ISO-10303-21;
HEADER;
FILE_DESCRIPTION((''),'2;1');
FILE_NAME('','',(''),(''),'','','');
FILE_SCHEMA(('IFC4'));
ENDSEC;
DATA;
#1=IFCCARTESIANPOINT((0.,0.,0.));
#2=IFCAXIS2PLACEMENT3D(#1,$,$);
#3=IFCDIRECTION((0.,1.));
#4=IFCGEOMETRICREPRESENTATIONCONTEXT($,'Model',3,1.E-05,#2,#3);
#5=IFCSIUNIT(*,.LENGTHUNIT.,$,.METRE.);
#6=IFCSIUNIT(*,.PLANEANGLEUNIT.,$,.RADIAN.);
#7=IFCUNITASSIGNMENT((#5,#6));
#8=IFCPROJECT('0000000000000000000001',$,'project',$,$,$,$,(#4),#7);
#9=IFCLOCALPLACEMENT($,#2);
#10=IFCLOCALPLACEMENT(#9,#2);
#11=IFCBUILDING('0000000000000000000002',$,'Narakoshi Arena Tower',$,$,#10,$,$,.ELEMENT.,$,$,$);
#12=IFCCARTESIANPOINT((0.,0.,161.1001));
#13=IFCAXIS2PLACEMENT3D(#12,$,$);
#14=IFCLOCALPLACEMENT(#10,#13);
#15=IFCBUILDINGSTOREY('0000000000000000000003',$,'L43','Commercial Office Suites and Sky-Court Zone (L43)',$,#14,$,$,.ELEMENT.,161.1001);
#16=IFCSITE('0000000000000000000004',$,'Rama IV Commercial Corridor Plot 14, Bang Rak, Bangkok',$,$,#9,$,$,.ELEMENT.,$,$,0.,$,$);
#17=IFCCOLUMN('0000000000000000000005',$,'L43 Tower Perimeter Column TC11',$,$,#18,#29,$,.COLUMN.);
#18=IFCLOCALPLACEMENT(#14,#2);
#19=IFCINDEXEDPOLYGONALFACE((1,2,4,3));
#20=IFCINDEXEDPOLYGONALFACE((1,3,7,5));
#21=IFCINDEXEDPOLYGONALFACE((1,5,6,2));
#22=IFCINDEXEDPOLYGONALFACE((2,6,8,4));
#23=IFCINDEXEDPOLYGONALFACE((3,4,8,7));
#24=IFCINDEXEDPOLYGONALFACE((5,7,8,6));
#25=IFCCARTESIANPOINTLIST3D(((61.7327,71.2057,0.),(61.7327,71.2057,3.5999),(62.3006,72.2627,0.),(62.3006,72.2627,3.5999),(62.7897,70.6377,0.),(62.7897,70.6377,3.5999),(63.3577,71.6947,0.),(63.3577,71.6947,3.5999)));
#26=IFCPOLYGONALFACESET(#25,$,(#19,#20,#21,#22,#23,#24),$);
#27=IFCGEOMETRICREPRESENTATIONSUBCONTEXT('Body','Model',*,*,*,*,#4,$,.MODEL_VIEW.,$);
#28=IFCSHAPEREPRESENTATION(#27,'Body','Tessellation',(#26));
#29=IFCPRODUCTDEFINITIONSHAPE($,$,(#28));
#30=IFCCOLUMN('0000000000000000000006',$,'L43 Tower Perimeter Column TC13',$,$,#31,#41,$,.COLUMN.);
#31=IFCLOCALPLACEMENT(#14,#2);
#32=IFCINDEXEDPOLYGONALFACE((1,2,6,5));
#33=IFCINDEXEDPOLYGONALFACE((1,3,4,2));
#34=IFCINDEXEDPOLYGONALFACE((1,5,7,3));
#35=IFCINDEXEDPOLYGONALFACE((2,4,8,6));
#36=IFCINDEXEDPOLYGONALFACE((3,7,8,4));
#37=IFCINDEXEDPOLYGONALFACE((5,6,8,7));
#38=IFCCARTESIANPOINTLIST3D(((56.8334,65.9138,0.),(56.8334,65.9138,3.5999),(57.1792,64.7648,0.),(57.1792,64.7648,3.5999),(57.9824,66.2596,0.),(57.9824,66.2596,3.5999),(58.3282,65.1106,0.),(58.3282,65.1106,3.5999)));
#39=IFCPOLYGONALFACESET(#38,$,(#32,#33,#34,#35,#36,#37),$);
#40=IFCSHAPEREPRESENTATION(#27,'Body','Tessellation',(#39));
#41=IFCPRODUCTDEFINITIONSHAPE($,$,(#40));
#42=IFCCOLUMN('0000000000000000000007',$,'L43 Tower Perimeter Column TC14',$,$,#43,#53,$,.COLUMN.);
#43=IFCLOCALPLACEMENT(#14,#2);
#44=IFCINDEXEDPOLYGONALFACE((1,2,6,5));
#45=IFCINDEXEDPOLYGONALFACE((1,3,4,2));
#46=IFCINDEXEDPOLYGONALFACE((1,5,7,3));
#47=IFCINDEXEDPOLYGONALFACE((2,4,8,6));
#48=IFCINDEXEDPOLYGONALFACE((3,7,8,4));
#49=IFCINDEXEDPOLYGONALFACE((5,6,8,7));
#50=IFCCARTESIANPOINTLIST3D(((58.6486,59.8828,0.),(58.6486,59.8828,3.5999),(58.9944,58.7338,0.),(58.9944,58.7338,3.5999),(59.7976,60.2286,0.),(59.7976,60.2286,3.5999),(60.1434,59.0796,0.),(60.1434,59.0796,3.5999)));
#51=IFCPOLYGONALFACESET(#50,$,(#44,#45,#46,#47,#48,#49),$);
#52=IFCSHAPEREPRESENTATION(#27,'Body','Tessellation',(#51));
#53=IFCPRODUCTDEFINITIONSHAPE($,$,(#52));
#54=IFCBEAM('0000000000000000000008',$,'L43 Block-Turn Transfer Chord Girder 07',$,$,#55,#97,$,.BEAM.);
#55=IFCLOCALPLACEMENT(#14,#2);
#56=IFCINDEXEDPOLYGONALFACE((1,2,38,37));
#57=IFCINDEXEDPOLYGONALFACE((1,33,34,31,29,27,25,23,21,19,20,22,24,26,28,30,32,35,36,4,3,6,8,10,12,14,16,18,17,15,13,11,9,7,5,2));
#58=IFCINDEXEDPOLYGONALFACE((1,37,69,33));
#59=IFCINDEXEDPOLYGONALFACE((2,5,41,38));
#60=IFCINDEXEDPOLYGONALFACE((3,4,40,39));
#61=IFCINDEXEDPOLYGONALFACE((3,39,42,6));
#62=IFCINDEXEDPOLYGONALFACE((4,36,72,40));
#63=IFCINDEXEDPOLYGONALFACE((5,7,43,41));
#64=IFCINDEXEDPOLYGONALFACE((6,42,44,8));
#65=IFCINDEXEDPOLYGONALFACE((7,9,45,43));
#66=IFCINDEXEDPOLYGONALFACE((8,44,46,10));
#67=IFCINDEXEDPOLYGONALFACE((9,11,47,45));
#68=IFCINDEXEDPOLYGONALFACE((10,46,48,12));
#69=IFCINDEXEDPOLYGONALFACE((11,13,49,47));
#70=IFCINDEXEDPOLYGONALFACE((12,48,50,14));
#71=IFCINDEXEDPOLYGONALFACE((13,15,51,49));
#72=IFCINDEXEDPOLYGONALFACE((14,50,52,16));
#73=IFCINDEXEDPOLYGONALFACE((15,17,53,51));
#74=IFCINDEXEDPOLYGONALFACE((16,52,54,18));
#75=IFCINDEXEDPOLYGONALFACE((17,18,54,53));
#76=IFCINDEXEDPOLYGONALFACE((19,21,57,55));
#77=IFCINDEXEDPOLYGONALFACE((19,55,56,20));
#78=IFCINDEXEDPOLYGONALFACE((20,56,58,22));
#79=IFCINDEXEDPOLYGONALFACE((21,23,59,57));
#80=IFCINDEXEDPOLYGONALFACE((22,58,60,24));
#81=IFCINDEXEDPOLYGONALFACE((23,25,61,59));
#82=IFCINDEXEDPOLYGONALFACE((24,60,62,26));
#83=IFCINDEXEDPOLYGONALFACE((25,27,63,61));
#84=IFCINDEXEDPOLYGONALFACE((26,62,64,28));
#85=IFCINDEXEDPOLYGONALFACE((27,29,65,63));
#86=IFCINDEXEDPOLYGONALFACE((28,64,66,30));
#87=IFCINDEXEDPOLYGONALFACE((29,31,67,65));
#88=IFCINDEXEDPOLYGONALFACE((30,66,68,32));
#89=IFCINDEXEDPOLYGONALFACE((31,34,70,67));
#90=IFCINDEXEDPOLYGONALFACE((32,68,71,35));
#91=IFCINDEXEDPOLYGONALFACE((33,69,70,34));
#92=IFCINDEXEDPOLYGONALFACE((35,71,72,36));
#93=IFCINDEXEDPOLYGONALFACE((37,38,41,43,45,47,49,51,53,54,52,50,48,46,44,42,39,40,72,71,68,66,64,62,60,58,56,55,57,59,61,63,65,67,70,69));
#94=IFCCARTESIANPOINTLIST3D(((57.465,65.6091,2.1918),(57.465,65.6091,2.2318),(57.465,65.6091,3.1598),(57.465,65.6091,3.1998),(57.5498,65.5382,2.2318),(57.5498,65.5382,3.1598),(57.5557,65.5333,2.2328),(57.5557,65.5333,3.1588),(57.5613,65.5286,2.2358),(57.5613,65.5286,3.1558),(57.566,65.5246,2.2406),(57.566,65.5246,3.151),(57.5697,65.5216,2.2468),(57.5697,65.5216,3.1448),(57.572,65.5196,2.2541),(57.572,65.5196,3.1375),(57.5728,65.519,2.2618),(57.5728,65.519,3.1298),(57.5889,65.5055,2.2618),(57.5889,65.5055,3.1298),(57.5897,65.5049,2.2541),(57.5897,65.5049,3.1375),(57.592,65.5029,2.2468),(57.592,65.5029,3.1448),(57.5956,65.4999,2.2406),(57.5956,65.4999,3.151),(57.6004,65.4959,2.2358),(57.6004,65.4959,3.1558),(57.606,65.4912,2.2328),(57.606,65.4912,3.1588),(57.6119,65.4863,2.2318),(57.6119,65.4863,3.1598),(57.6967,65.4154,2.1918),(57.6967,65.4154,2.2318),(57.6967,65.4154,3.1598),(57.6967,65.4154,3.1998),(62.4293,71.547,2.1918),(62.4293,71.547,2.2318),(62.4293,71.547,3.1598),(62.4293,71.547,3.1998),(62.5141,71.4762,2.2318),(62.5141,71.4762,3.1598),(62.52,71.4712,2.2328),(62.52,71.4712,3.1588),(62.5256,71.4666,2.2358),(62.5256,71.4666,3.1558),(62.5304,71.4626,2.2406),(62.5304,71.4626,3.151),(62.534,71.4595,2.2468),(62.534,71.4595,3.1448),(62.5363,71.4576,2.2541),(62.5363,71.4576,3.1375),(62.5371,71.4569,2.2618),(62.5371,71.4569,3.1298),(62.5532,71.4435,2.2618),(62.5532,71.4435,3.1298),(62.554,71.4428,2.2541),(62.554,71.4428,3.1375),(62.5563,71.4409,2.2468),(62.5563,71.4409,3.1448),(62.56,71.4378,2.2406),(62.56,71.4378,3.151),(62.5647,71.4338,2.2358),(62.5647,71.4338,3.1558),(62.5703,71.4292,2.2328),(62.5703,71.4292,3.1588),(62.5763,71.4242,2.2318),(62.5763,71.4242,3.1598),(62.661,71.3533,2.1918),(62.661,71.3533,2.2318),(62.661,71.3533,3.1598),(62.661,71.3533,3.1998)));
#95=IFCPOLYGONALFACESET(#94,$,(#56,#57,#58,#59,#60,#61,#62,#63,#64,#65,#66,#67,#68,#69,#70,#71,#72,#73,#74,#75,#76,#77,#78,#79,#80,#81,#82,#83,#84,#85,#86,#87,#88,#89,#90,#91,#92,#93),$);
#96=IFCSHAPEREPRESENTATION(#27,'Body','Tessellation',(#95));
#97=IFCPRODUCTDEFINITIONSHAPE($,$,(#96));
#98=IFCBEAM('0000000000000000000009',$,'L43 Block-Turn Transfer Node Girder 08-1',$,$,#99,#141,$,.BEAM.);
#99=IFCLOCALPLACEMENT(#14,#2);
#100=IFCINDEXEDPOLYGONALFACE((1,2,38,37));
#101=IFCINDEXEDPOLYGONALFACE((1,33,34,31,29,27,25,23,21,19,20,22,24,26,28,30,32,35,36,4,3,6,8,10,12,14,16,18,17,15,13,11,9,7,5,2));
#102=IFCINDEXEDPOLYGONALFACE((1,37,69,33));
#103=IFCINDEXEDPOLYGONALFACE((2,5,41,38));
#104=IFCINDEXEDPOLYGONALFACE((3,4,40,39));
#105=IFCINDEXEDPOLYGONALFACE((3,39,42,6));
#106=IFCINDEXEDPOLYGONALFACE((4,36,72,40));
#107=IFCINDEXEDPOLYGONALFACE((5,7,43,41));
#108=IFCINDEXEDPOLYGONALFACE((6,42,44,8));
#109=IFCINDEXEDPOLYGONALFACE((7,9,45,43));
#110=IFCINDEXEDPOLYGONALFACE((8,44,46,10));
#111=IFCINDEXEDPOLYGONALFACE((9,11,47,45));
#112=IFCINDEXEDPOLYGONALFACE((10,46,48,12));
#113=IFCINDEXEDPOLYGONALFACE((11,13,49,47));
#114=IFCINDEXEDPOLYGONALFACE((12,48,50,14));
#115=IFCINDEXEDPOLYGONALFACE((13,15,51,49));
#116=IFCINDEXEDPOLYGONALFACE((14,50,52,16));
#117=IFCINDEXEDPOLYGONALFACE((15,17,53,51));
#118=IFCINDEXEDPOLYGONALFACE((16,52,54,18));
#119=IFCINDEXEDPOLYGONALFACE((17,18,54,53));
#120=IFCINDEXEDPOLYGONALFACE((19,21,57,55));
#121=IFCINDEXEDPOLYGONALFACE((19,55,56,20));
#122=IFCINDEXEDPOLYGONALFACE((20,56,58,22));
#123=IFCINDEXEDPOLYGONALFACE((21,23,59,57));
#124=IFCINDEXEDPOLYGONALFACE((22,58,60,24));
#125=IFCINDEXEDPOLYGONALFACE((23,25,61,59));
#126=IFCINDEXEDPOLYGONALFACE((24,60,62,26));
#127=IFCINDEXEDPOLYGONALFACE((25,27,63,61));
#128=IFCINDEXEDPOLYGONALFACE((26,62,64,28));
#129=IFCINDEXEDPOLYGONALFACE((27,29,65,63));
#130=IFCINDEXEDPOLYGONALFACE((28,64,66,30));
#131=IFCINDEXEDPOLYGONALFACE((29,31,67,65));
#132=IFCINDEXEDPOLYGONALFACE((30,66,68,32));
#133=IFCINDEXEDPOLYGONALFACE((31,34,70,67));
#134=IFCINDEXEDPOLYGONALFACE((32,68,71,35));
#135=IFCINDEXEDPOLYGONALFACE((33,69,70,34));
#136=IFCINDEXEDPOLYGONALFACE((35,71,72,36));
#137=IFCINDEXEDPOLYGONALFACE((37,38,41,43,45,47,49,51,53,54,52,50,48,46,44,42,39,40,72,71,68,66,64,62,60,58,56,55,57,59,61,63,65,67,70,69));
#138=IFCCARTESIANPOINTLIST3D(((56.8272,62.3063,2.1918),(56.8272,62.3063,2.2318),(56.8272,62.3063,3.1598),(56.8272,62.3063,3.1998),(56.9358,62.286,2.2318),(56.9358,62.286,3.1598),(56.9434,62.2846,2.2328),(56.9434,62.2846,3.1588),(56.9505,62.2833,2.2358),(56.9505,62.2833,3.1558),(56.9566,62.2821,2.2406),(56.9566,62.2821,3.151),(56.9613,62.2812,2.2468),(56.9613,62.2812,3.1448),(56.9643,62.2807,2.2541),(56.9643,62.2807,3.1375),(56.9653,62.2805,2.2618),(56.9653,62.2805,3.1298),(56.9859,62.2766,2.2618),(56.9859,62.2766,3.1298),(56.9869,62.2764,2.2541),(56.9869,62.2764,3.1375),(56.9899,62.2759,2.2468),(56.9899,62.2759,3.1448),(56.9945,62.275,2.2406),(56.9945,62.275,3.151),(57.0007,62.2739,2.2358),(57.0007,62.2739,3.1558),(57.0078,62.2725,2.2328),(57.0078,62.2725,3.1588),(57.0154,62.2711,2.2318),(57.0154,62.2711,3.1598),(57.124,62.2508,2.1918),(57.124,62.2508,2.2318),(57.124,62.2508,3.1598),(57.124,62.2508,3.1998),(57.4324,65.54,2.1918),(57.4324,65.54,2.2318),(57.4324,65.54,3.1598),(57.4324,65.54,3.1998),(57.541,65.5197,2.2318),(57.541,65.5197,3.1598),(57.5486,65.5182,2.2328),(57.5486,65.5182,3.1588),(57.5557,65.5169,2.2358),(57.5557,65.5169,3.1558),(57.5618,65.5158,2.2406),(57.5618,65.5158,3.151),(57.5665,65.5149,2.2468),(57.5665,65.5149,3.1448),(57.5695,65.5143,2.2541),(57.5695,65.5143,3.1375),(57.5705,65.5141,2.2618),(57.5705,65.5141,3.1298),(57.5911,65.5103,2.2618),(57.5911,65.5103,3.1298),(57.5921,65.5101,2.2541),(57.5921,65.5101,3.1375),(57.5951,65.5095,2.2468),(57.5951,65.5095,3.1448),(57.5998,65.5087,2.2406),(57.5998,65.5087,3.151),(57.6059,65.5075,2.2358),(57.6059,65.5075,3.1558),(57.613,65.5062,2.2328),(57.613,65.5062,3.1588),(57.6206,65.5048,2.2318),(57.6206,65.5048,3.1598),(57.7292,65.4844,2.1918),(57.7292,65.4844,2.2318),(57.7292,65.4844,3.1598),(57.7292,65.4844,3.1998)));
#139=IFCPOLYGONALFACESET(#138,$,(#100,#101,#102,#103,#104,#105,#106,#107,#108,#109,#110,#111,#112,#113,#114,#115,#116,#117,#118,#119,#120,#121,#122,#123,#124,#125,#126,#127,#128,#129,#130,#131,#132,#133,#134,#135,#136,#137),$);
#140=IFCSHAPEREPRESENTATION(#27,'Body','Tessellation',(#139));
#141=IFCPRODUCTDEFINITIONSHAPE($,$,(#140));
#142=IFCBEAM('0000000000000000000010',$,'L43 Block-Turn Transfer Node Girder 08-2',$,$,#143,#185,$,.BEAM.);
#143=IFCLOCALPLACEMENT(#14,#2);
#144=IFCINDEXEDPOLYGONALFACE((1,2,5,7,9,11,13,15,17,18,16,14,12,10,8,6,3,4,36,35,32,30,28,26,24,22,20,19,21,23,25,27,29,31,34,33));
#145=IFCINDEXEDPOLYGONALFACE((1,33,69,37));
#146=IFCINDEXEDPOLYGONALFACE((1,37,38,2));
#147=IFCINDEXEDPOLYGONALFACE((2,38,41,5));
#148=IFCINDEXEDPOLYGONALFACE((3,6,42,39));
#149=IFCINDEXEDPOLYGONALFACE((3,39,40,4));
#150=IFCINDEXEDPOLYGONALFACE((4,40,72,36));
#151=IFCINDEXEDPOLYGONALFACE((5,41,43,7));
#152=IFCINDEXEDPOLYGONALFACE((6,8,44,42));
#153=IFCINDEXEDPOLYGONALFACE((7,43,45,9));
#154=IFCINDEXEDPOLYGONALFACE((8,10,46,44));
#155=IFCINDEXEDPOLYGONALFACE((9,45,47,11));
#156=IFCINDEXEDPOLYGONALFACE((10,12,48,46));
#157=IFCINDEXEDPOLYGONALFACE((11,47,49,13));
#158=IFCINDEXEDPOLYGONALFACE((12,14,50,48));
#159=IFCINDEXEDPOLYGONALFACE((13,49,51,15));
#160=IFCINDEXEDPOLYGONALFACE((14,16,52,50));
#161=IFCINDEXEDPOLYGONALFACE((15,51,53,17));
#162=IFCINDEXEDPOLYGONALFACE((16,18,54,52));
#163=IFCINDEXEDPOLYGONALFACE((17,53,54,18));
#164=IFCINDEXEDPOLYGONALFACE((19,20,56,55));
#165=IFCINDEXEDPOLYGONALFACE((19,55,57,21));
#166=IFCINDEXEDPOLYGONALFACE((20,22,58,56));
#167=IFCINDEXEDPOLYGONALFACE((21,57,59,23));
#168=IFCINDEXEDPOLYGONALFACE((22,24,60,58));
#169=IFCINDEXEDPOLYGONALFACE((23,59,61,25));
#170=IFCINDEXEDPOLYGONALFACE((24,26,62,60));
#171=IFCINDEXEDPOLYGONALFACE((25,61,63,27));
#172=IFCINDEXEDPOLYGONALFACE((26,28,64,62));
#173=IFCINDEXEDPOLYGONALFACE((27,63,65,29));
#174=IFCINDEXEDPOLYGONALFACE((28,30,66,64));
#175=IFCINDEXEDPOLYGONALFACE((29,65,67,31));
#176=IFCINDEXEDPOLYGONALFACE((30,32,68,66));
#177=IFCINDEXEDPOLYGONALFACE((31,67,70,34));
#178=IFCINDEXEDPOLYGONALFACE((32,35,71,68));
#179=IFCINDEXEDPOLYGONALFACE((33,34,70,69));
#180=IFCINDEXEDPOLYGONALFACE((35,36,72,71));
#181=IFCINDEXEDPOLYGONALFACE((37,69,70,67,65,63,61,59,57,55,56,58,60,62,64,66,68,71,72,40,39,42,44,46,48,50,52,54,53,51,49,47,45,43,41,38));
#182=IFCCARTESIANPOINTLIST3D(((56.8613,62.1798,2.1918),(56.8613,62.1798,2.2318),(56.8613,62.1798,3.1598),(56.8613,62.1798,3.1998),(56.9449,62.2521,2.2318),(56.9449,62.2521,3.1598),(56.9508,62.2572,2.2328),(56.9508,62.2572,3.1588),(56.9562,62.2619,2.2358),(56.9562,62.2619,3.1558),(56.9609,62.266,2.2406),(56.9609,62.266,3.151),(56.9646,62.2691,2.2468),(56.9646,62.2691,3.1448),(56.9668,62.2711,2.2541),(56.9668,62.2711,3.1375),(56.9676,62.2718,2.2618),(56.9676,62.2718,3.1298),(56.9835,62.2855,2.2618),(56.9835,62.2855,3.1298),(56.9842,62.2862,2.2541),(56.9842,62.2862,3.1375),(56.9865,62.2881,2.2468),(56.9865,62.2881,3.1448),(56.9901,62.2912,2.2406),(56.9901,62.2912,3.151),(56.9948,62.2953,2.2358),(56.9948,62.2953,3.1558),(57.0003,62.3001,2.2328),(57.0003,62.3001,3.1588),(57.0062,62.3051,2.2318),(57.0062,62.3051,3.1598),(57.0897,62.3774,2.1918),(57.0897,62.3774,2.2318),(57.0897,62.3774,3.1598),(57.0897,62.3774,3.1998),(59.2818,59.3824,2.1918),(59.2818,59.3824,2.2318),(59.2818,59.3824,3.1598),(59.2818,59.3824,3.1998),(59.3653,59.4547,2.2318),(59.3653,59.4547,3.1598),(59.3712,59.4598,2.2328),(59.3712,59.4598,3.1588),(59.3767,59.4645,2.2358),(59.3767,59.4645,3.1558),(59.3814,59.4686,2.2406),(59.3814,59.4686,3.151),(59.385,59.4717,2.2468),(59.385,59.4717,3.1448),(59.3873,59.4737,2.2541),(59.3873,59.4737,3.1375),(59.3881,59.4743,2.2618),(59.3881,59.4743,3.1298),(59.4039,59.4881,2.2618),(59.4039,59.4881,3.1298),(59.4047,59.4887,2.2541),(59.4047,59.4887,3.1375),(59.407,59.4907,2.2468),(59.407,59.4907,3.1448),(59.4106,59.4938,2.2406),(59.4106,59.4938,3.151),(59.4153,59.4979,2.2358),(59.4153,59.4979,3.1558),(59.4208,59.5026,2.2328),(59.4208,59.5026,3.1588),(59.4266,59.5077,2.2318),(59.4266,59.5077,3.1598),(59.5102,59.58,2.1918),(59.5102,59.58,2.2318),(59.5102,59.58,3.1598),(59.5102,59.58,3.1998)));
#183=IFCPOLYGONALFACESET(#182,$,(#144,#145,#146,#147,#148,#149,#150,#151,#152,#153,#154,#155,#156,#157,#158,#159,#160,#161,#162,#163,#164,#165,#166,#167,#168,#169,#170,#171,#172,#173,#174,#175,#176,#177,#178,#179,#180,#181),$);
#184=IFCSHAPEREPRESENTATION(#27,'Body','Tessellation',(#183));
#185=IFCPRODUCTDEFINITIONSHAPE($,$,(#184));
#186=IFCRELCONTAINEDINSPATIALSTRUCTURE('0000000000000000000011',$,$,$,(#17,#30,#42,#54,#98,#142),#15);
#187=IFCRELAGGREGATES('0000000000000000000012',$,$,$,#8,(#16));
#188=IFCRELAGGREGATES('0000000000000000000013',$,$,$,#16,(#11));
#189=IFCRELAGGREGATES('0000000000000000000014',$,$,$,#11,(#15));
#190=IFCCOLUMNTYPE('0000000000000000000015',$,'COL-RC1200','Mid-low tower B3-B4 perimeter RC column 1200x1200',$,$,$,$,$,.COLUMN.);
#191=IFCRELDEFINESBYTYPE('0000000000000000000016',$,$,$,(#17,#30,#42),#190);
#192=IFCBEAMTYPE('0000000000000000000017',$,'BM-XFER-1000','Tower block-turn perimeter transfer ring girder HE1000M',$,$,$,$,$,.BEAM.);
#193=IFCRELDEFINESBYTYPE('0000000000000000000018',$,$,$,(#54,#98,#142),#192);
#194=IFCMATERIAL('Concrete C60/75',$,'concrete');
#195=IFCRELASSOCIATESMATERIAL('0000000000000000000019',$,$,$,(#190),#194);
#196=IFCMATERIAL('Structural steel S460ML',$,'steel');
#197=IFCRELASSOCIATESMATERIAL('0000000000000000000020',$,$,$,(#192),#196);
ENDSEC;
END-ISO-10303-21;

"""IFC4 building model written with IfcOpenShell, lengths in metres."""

from ifc_helpers import new_model, si_unit, direction, frame, origin, origin_2d, place, context, subcontext, project, spatial, rectangle, i_section, extrude, material, material_profile, profile_set, type_object, element, save


model = new_model("IFC4")

# Units and contexts
model_context = context("Model", 3, precision=1e-05, world=origin(), true_north=direction((0.0, 1.0)))
body_context = subcontext(model_context, "Body", "Model", "MODEL_VIEW")
ifc_project = project(units=[si_unit("LENGTHUNIT", "METRE"), si_unit("PLANEANGLEUNIT", "RADIAN")], contexts=[model_context])

# Site, building, storey
site_placement = place(None, origin())
site = spatial("IfcSite", under=ifc_project, at=site_placement, Name="Rama IV Commercial Corridor Plot 14, Bang Rak, Bangkok", CompositionType="ELEMENT", RefElevation=0.0)
building_placement = place(site_placement, origin())
building = spatial("IfcBuilding", under=site, at=building_placement, Name="Narakoshi Arena Tower", CompositionType="ELEMENT")
storey_placement = place(building_placement, frame((0.0, 0.0, 161.1001)))
storey = spatial("IfcBuildingStorey", under=building, at=storey_placement, Name="L43", Description="Commercial Office Suites and Sky-Court Zone (L43)", CompositionType="ELEMENT", Elevation=161.1001)

# Columns
ifc_material_1 = material(Name="Concrete C60/75", Category="concrete")
ifc_material_profile_1 = material_profile(ifc_material_1, rectangle(XDim=1.2, YDim=1.2, at=origin_2d()), Name="RC1200x1200")
ifc_profile_set_1 = profile_set([ifc_material_profile_1], Name="Concrete C60/75")
column_type = type_object("IfcColumnType", Name="COL-RC1200", Description="Mid-low tower B3-B4 perimeter RC column 1200x1200", PredefinedType="COLUMN", material=ifc_profile_set_1)
for number, where, z_axis, x_axis, name in (
    (1, (62.5452, 71.4502, 0.0), (0.0, 0.0, 1.0), (0.47332, 0.880891, 0.0), "L43 Tower Perimeter Column TC11"),
    (2, (57.5808, 65.5122, 0.0), (0.0, 0.0, 1.0), (-0.288196, 0.957571, 0.0), "L43 Tower Perimeter Column TC13"),
    (3, (59.396, 59.4812, 0.0), (0.0, 0.0, 1.0), (-0.288196, 0.957571, 0.0), "L43 Tower Perimeter Column TC14"),
):
    element("IfcColumn", number, at=place(storey_placement, frame(where, z_axis=z_axis, x_axis=x_axis)), inside=storey, type_object=column_type, Name=name, PredefinedType="COLUMN", context=body_context, shape_type="SweptSolid", body=[
        extrude(rectangle(XDim=1.2, YDim=1.2, at=origin_2d()), origin(), (0.0, 0.0, 1.0), 3.5999),
    ])

# Beams
ifc_material_2 = material(Name="Structural steel S460ML", Category="steel")
ifc_material_profile_2 = material_profile(ifc_material_2, i_section(OverallWidth=0.302, OverallDepth=1.0081, WebThickness=0.021, FlangeThickness=0.04, FilletRadius=0.03, at=origin_2d()), Name="HE1000M")
ifc_profile_set_2 = profile_set([ifc_material_profile_2], Name="Structural steel S460ML")
beam_type = type_object("IfcBeamType", Name="BM-XFER-1000", Description="Tower block-turn perimeter transfer ring girder HE1000M", PredefinedType="BEAM", material=ifc_profile_set_2)
beam_1_placement = place(storey_placement, frame((62.5452, 71.4502, 2.6958), z_axis=(-0.641406, -0.767202, 0.0), x_axis=(0.767202, -0.641406, 0.0)))
element("IfcBeam", 4, at=beam_1_placement, inside=storey, type_object=beam_type, Name="L43 Block-Turn Transfer Chord Girder 07", PredefinedType="BEAM", context=body_context, shape_type="SweptSolid", body=[
    extrude(i_section(OverallWidth=0.302, OverallDepth=1.0081, WebThickness=0.021, FlangeThickness=0.04, FilletRadius=0.03, at=origin_2d()), origin(), (0.0, 0.0, 1.0), 7.7397),
])
beam_2_placement = place(storey_placement, frame((57.5808, 65.5122, 2.6958), z_axis=(-0.18397, -0.982932, 0.0), x_axis=(0.982932, -0.18397, 0.0)))
element("IfcBeam", 5, at=beam_2_placement, inside=storey, type_object=beam_type, Name="L43 Block-Turn Transfer Node Girder 08-1", PredefinedType="BEAM", context=body_context, shape_type="SweptSolid", body=[
    extrude(i_section(OverallWidth=0.302, OverallDepth=1.0081, WebThickness=0.021, FlangeThickness=0.04, FilletRadius=0.03, at=origin_2d()), origin(), (0.0, 0.0, 1.0), 3.2898),
])
beam_3_placement = place(storey_placement, frame((59.396, 59.4812, 2.6958), z_axis=(-0.654317, 0.75622, 0.0), x_axis=(-0.75622, -0.654317, 0.0)))
element("IfcBeam", 6, at=beam_3_placement, inside=storey, type_object=beam_type, Name="L43 Block-Turn Transfer Node Girder 08-2", PredefinedType="BEAM", context=body_context, shape_type="SweptSolid", body=[
    extrude(i_section(OverallWidth=0.302, OverallDepth=1.0081, WebThickness=0.021, FlangeThickness=0.04, FilletRadius=0.03, at=origin_2d()), origin(), (0.0, 0.0, 1.0), 3.6992),
])

save(model, "model.ifc")
